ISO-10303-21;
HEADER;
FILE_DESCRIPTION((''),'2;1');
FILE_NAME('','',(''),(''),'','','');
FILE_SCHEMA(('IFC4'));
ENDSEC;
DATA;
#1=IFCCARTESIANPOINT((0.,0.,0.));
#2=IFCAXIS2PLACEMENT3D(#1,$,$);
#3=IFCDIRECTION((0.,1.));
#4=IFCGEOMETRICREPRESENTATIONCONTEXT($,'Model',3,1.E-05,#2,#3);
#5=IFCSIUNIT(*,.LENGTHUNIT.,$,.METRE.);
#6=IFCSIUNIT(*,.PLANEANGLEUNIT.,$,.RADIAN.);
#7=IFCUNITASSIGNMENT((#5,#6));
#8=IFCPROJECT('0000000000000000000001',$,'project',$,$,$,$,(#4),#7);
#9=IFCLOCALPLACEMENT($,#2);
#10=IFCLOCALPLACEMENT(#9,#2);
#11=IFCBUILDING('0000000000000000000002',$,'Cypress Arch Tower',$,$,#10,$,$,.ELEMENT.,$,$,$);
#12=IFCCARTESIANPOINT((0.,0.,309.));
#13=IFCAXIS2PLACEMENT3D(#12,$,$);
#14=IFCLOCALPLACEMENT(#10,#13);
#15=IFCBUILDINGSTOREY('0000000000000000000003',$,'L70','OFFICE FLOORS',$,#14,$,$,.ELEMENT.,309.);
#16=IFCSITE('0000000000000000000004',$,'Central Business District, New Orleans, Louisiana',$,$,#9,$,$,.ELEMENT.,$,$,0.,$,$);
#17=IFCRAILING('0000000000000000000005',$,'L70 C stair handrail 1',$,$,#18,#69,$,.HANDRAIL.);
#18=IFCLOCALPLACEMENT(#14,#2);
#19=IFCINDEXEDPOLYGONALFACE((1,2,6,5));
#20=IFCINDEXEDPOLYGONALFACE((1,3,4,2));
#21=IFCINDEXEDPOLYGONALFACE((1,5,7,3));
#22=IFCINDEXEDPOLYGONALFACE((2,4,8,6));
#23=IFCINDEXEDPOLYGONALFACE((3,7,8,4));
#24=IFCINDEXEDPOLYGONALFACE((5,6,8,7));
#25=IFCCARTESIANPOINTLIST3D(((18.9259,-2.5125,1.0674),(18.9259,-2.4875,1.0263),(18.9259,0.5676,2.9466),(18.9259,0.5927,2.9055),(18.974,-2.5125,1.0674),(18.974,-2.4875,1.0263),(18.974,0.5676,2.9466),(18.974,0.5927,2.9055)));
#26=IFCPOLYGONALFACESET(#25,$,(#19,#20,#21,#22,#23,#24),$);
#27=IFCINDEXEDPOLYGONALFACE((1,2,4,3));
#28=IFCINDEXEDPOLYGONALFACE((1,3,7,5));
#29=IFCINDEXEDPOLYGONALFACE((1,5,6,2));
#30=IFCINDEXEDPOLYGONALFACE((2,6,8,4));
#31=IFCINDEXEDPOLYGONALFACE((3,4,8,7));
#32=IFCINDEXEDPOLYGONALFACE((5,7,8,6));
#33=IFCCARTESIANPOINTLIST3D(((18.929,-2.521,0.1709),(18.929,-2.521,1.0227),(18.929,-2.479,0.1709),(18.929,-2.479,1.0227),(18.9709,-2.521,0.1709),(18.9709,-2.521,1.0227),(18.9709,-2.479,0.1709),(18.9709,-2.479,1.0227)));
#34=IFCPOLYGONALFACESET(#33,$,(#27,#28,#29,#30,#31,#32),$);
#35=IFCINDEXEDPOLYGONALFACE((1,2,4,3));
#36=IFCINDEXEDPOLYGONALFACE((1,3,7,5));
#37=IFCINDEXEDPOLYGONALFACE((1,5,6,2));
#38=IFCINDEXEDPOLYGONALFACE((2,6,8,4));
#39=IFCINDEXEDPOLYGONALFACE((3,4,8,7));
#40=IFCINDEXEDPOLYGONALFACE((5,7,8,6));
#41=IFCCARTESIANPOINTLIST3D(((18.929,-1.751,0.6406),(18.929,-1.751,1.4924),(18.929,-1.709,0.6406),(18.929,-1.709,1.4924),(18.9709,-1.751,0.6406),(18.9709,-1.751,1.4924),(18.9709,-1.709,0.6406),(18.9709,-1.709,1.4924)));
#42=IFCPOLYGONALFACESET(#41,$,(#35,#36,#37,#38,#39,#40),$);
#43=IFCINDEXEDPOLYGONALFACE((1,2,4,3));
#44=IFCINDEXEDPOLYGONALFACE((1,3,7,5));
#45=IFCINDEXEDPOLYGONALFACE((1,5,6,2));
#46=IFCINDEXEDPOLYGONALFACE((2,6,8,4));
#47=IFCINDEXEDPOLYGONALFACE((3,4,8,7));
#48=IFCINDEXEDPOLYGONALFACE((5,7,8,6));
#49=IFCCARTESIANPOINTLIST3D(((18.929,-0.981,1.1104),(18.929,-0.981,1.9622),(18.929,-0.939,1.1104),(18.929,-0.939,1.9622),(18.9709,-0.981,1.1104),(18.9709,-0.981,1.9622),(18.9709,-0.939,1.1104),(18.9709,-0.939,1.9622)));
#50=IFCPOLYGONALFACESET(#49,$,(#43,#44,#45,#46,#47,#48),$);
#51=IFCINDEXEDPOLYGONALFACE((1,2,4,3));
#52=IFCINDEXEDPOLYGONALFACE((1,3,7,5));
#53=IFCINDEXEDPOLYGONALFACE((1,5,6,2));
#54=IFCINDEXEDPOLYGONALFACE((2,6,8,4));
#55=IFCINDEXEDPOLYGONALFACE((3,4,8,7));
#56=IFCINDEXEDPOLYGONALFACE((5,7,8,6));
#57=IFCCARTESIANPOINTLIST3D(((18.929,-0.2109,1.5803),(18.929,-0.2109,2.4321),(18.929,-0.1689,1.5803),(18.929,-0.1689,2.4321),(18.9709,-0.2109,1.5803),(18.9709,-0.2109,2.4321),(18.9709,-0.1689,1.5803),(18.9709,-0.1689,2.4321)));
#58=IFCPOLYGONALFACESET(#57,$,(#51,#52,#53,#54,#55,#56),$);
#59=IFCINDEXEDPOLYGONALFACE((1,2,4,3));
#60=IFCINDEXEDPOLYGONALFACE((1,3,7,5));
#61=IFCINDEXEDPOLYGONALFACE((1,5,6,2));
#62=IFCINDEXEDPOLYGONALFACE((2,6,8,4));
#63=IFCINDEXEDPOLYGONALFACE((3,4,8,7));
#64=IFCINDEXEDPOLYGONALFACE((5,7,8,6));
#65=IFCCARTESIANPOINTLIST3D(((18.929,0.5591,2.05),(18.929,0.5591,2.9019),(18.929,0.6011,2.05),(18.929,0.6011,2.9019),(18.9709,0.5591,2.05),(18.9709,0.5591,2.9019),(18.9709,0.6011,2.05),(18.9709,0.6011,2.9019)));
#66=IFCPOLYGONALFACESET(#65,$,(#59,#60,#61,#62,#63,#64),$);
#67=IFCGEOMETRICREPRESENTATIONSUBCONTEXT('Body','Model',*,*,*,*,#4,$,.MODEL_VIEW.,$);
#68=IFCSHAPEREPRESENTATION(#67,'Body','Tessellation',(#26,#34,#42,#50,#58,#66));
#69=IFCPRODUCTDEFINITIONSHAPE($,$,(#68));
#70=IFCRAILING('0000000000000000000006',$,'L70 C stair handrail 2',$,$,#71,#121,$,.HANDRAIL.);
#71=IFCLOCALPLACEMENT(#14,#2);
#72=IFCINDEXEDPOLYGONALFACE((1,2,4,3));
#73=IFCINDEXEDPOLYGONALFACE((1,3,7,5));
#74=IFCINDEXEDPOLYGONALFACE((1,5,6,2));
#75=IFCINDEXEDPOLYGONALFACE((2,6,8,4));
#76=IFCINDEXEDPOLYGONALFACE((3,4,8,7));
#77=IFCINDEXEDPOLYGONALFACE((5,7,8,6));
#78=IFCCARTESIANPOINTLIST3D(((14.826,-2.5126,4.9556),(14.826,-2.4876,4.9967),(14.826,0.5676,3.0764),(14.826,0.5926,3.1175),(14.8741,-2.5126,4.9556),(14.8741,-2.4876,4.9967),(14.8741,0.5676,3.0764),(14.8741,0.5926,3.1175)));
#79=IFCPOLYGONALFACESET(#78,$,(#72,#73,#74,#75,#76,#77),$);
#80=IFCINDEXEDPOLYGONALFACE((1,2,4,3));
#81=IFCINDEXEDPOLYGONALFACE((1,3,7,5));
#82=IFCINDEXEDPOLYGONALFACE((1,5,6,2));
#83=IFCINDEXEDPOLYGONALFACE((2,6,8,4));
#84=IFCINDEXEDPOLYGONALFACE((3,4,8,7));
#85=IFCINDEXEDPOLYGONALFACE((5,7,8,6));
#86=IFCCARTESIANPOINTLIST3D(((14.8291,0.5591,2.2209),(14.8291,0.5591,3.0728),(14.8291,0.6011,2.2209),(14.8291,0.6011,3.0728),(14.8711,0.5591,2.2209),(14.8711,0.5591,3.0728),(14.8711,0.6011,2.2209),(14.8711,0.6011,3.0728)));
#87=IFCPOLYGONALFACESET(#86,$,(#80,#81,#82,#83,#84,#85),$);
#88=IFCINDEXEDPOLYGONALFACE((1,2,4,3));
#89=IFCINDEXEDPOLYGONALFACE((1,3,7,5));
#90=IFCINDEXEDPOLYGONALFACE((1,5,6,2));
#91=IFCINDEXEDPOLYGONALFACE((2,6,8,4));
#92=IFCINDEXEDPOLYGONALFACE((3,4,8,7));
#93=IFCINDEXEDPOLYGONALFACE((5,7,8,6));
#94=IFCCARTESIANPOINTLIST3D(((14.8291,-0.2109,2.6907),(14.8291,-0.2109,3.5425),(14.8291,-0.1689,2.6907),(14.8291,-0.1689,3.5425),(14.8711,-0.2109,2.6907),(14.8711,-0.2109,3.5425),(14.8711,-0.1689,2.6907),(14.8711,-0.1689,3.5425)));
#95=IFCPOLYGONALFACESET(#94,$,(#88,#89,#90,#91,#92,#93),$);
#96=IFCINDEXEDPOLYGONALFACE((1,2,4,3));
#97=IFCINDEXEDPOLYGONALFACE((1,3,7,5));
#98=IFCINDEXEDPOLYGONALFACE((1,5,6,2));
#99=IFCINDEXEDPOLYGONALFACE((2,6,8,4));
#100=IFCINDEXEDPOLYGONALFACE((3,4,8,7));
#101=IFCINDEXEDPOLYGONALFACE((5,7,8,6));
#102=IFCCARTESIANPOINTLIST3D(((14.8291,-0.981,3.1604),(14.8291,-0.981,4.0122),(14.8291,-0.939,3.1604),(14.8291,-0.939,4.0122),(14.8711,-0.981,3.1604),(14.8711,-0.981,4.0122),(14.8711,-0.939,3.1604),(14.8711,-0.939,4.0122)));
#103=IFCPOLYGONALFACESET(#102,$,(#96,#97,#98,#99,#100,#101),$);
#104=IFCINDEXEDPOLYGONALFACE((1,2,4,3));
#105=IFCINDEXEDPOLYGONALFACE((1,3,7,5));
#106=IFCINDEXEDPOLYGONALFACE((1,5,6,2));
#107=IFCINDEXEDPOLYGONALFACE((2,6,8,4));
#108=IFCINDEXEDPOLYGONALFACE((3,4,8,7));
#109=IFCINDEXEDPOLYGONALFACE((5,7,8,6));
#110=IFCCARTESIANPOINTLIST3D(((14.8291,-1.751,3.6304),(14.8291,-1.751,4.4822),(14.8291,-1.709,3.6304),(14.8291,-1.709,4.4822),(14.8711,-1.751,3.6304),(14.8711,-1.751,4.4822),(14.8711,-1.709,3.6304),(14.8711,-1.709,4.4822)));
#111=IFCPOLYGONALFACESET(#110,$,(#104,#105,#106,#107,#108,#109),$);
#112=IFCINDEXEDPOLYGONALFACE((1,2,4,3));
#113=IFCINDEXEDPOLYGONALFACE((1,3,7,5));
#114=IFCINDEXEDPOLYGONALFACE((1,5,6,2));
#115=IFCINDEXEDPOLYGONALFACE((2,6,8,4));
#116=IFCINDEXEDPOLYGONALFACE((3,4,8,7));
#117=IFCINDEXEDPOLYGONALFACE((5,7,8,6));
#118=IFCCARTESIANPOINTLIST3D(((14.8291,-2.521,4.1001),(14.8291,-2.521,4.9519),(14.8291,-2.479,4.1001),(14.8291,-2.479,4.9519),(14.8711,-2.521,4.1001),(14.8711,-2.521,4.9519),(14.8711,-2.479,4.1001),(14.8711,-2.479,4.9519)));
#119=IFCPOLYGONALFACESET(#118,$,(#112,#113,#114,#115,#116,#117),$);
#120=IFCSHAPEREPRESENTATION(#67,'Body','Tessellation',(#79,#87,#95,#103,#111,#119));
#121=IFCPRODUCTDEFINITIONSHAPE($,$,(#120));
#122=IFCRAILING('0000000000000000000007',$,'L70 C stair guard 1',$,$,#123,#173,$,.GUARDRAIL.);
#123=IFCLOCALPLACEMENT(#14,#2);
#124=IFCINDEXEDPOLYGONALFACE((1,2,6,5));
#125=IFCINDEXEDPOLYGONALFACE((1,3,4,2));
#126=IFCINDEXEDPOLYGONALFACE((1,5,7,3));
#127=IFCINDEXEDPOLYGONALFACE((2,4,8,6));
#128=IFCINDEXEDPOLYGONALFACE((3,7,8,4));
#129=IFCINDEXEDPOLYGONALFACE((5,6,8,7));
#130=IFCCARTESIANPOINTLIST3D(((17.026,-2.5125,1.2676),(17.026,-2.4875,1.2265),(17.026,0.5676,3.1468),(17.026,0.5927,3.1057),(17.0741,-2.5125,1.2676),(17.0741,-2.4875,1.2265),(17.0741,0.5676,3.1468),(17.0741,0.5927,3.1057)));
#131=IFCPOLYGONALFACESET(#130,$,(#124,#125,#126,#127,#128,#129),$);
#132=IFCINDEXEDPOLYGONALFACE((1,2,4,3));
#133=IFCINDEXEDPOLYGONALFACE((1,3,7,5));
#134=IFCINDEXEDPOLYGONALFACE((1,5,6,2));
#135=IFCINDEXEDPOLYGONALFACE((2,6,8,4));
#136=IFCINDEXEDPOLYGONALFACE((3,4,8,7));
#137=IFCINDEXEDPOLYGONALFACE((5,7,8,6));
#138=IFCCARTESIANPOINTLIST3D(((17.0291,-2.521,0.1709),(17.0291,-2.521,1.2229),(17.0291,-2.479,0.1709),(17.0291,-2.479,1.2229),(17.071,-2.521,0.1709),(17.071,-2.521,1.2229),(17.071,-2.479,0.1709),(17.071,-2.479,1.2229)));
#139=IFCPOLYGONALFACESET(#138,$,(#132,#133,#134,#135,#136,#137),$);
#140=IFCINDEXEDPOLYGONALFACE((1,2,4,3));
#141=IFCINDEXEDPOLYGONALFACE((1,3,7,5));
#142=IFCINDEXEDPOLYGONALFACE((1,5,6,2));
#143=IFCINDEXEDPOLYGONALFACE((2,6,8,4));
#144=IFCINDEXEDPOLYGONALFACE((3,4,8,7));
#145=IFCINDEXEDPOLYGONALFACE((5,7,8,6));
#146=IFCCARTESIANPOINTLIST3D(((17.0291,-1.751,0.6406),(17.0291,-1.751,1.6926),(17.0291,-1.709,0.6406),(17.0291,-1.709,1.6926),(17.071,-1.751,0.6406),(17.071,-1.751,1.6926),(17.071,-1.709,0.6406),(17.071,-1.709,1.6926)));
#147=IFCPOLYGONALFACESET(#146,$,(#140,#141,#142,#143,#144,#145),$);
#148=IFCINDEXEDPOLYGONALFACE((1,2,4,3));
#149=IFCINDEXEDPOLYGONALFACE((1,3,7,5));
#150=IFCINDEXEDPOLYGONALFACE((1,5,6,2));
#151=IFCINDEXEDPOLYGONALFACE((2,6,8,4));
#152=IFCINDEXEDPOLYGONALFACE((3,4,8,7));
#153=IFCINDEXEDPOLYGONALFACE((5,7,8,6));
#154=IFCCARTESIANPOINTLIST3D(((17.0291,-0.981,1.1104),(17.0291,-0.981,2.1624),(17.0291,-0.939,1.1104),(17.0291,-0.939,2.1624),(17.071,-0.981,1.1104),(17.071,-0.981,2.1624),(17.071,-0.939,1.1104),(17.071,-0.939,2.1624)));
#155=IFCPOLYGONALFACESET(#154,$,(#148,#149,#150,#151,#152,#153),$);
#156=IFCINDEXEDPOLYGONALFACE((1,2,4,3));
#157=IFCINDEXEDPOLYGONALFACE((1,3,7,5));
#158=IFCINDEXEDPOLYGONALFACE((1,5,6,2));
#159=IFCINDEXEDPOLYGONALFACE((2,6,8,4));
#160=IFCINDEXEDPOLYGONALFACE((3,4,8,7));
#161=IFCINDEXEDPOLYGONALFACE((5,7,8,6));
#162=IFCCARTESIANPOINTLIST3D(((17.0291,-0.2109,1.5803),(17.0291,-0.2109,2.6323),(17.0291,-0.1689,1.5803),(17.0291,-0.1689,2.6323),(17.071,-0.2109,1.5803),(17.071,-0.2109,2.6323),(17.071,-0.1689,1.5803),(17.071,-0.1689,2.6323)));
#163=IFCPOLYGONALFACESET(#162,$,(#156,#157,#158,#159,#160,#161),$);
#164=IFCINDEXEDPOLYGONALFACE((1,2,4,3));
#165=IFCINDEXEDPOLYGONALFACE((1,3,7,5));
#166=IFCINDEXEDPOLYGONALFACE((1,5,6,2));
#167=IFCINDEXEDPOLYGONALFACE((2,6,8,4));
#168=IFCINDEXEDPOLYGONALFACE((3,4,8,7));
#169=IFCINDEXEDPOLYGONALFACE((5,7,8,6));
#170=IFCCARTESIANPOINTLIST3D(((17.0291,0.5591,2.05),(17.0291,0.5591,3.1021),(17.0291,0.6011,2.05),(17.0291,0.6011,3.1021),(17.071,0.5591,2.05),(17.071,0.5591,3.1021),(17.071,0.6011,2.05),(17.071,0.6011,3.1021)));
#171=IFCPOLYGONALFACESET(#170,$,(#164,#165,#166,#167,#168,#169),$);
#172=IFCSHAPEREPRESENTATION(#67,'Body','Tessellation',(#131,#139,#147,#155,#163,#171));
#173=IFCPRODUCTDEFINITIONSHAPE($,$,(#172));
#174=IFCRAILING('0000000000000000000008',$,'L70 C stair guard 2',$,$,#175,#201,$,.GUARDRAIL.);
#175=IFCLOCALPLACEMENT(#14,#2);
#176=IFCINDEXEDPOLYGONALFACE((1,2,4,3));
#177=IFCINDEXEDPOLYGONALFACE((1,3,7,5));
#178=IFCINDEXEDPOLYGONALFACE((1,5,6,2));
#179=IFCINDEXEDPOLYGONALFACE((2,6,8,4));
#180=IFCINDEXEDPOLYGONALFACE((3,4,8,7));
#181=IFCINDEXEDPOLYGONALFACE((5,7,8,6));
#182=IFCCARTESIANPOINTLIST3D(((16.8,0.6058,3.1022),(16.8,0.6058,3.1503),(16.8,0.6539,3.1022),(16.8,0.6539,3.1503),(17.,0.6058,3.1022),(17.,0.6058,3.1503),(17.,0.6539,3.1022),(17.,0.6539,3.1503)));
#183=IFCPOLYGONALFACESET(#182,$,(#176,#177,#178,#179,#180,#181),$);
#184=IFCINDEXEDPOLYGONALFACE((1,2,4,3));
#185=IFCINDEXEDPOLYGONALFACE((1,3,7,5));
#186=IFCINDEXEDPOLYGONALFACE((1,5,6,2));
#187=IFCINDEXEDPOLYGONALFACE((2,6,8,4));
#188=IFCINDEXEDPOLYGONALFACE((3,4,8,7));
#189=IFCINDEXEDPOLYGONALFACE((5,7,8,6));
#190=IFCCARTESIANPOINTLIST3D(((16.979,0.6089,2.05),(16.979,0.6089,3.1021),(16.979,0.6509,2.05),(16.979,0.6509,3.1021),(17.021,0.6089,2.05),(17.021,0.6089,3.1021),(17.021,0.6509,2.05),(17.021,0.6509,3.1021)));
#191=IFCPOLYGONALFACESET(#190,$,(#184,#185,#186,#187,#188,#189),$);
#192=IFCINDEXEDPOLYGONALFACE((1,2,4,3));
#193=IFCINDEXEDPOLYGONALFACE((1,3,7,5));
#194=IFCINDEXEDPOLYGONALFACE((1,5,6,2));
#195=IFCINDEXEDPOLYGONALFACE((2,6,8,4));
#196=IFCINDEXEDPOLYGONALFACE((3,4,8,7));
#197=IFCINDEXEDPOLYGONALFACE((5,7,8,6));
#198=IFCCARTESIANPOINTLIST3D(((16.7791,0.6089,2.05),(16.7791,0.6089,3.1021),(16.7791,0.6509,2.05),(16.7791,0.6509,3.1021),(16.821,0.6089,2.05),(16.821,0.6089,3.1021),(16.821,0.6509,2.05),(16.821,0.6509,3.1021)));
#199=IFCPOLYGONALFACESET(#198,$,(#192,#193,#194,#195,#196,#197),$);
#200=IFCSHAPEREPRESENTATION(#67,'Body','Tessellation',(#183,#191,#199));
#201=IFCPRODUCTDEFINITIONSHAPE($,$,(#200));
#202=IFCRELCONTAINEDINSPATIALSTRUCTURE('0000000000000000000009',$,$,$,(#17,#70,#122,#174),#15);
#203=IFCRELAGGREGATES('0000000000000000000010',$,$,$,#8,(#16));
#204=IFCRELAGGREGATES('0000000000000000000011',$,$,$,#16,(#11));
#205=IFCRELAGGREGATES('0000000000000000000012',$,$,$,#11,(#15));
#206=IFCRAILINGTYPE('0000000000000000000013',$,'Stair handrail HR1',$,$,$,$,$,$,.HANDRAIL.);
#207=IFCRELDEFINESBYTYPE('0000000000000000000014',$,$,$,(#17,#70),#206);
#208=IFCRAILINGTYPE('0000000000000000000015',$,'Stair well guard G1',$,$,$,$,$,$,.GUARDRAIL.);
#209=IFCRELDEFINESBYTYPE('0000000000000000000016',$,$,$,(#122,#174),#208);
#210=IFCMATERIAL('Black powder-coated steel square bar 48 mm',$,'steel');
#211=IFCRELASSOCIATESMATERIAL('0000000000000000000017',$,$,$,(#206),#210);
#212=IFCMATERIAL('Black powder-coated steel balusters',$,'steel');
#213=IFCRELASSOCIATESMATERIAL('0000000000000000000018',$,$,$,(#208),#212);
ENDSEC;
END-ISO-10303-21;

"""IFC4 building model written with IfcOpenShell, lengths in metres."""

from ifc_helpers import new_model, si_unit, direction, frame, origin, origin_2d, place, context, subcontext, project, spatial, rectangle, extrude, material, type_object, element, save


model = new_model("IFC4")

# Units and contexts
model_context = context("Model", 3, precision=1e-05, world=origin(), true_north=direction((0.0, 1.0)))
body_context = subcontext(model_context, "Body", "Model", "MODEL_VIEW")
ifc_project = project(units=[si_unit("LENGTHUNIT", "METRE"), si_unit("PLANEANGLEUNIT", "RADIAN")], contexts=[model_context])

# Site, building, storey
site_placement = place(None, origin())
site = spatial("IfcSite", under=ifc_project, at=site_placement, Name="Central Business District, New Orleans, Louisiana", CompositionType="ELEMENT", RefElevation=0.0)
building_placement = place(site_placement, origin())
building = spatial("IfcBuilding", under=site, at=building_placement, Name="Cypress Arch Tower", CompositionType="ELEMENT")
storey_placement = place(building_placement, frame((0.0, 0.0, 309.0)))
storey = spatial("IfcBuildingStorey", under=building, at=storey_placement, Name="L70", Description="OFFICE FLOORS", CompositionType="ELEMENT", Elevation=309.0)

# Railings
ifc_material_1 = material(Name="Black powder-coated steel square bar 48 mm", Category="steel")
railing_type_1 = type_object("IfcRailingType", Name="Stair handrail HR1", PredefinedType="HANDRAIL", material=ifc_material_1)
railing_1_placement = place(storey_placement, frame((18.95, -2.5, 0.1709)))
element("IfcRailing", 1, at=railing_1_placement, inside=storey, type_object=railing_type_1, Name="L70 C stair handrail 1", PredefinedType="HANDRAIL", context=body_context, shape_type="SweptSolid", body=[
    extrude(rectangle(XDim=0.0481, YDim=0.0481, at=origin_2d()), frame((0.0, 0.0, 0.876), z_axis=(0.0, 0.853666, 0.52082), x_axis=(-1.0, 0.0, 0.0)), (0.0, 0.0, 1.0), 3.6082),
    extrude(rectangle(XDim=0.042, YDim=0.042, at=origin_2d()), origin(), (0.0, 0.0, 1.0), 0.8518),
    extrude(rectangle(XDim=0.042, YDim=0.042, at=origin_2d()), frame((0.0, 0.77, 0.4697)), (0.0, 0.0, 1.0), 0.8518),
    extrude(rectangle(XDim=0.042, YDim=0.042, at=origin_2d()), frame((0.0, 1.54, 0.9395)), (0.0, 0.0, 1.0), 0.8518),
    extrude(rectangle(XDim=0.042, YDim=0.042, at=origin_2d()), frame((0.0, 2.3101, 1.4094)), (0.0, 0.0, 1.0), 0.8518),
    extrude(rectangle(XDim=0.042, YDim=0.042, at=origin_2d()), frame((0.0, 3.0801, 1.8792)), (0.0, 0.0, 1.0), 0.8518),
])
railing_2_placement = place(storey_placement, frame((14.8501, 0.5801, 2.2209)))
element("IfcRailing", 2, at=railing_2_placement, inside=storey, type_object=railing_type_1, Name="L70 C stair handrail 2", PredefinedType="HANDRAIL", context=body_context, shape_type="SweptSolid", body=[
    extrude(rectangle(XDim=0.0481, YDim=0.0481, at=origin_2d()), frame((0.0, 0.0, 0.876), z_axis=(0.0, -0.853666, 0.52082), x_axis=(1.0, 0.0, 0.0)), (0.0, 0.0, 1.0), 3.6082),
    extrude(rectangle(XDim=0.042, YDim=0.042, at=origin_2d()), origin(), (0.0, 0.0, 1.0), 0.8518),
    extrude(rectangle(XDim=0.042, YDim=0.042, at=origin_2d()), frame((0.0, -0.77, 0.4697)), (0.0, 0.0, 1.0), 0.8518),
    extrude(rectangle(XDim=0.042, YDim=0.042, at=origin_2d()), frame((0.0, -1.54, 0.9395)), (0.0, 0.0, 1.0), 0.8518),
    extrude(rectangle(XDim=0.042, YDim=0.042, at=origin_2d()), frame((0.0, -2.3101, 1.4094)), (0.0, 0.0, 1.0), 0.8518),
    extrude(rectangle(XDim=0.042, YDim=0.042, at=origin_2d()), frame((0.0, -3.0801, 1.8792)), (0.0, 0.0, 1.0), 0.8518),
])
ifc_material_2 = material(Name="Black powder-coated steel balusters", Category="steel")
railing_type_2 = type_object("IfcRailingType", Name="Stair well guard G1", PredefinedType="GUARDRAIL", material=ifc_material_2)
railing_3_placement = place(storey_placement, frame((17.05, -2.5, 0.1709)))
element("IfcRailing", 3, at=railing_3_placement, inside=storey, type_object=railing_type_2, Name="L70 C stair guard 1", PredefinedType="GUARDRAIL", context=body_context, shape_type="SweptSolid", body=[
    extrude(rectangle(XDim=0.0481, YDim=0.0481, at=origin_2d()), frame((0.0, 0.0, 1.0762), z_axis=(0.0, 0.853666, 0.52082), x_axis=(-1.0, 0.0, 0.0)), (0.0, 0.0, 1.0), 3.6082),
    extrude(rectangle(XDim=0.042, YDim=0.042, at=origin_2d()), origin(), (0.0, 0.0, 1.0), 1.052),
    extrude(rectangle(XDim=0.042, YDim=0.042, at=origin_2d()), frame((0.0, 0.77, 0.4697)), (0.0, 0.0, 1.0), 1.052),
    extrude(rectangle(XDim=0.042, YDim=0.042, at=origin_2d()), frame((0.0, 1.54, 0.9395)), (0.0, 0.0, 1.0), 1.052),
    extrude(rectangle(XDim=0.042, YDim=0.042, at=origin_2d()), frame((0.0, 2.3101, 1.4094)), (0.0, 0.0, 1.0), 1.052),
    extrude(rectangle(XDim=0.042, YDim=0.042, at=origin_2d()), frame((0.0, 3.0801, 1.8792)), (0.0, 0.0, 1.0), 1.052),
])
railing_4_placement = place(storey_placement, frame((17.0, 0.6299, 2.05)))
element("IfcRailing", 4, at=railing_4_placement, inside=storey, type_object=railing_type_2, Name="L70 C stair guard 2", PredefinedType="GUARDRAIL", context=body_context, shape_type="SweptSolid", body=[
    extrude(rectangle(XDim=0.0481, YDim=0.0481, at=origin_2d()), frame((0.0, 0.0, 1.0762), z_axis=(-1.0, 0.0, 0.0), x_axis=(0.0, -1.0, 0.0)), (0.0, 0.0, 1.0), 0.2),
    extrude(rectangle(XDim=0.042, YDim=0.042, at=origin_2d()), origin(), (0.0, 0.0, 1.0), 1.052),
    extrude(rectangle(XDim=0.042, YDim=0.042, at=origin_2d()), frame((-0.2, 0.0, 0.0)), (0.0, 0.0, 1.0), 1.052),
])

save(model, "model.ifc")
